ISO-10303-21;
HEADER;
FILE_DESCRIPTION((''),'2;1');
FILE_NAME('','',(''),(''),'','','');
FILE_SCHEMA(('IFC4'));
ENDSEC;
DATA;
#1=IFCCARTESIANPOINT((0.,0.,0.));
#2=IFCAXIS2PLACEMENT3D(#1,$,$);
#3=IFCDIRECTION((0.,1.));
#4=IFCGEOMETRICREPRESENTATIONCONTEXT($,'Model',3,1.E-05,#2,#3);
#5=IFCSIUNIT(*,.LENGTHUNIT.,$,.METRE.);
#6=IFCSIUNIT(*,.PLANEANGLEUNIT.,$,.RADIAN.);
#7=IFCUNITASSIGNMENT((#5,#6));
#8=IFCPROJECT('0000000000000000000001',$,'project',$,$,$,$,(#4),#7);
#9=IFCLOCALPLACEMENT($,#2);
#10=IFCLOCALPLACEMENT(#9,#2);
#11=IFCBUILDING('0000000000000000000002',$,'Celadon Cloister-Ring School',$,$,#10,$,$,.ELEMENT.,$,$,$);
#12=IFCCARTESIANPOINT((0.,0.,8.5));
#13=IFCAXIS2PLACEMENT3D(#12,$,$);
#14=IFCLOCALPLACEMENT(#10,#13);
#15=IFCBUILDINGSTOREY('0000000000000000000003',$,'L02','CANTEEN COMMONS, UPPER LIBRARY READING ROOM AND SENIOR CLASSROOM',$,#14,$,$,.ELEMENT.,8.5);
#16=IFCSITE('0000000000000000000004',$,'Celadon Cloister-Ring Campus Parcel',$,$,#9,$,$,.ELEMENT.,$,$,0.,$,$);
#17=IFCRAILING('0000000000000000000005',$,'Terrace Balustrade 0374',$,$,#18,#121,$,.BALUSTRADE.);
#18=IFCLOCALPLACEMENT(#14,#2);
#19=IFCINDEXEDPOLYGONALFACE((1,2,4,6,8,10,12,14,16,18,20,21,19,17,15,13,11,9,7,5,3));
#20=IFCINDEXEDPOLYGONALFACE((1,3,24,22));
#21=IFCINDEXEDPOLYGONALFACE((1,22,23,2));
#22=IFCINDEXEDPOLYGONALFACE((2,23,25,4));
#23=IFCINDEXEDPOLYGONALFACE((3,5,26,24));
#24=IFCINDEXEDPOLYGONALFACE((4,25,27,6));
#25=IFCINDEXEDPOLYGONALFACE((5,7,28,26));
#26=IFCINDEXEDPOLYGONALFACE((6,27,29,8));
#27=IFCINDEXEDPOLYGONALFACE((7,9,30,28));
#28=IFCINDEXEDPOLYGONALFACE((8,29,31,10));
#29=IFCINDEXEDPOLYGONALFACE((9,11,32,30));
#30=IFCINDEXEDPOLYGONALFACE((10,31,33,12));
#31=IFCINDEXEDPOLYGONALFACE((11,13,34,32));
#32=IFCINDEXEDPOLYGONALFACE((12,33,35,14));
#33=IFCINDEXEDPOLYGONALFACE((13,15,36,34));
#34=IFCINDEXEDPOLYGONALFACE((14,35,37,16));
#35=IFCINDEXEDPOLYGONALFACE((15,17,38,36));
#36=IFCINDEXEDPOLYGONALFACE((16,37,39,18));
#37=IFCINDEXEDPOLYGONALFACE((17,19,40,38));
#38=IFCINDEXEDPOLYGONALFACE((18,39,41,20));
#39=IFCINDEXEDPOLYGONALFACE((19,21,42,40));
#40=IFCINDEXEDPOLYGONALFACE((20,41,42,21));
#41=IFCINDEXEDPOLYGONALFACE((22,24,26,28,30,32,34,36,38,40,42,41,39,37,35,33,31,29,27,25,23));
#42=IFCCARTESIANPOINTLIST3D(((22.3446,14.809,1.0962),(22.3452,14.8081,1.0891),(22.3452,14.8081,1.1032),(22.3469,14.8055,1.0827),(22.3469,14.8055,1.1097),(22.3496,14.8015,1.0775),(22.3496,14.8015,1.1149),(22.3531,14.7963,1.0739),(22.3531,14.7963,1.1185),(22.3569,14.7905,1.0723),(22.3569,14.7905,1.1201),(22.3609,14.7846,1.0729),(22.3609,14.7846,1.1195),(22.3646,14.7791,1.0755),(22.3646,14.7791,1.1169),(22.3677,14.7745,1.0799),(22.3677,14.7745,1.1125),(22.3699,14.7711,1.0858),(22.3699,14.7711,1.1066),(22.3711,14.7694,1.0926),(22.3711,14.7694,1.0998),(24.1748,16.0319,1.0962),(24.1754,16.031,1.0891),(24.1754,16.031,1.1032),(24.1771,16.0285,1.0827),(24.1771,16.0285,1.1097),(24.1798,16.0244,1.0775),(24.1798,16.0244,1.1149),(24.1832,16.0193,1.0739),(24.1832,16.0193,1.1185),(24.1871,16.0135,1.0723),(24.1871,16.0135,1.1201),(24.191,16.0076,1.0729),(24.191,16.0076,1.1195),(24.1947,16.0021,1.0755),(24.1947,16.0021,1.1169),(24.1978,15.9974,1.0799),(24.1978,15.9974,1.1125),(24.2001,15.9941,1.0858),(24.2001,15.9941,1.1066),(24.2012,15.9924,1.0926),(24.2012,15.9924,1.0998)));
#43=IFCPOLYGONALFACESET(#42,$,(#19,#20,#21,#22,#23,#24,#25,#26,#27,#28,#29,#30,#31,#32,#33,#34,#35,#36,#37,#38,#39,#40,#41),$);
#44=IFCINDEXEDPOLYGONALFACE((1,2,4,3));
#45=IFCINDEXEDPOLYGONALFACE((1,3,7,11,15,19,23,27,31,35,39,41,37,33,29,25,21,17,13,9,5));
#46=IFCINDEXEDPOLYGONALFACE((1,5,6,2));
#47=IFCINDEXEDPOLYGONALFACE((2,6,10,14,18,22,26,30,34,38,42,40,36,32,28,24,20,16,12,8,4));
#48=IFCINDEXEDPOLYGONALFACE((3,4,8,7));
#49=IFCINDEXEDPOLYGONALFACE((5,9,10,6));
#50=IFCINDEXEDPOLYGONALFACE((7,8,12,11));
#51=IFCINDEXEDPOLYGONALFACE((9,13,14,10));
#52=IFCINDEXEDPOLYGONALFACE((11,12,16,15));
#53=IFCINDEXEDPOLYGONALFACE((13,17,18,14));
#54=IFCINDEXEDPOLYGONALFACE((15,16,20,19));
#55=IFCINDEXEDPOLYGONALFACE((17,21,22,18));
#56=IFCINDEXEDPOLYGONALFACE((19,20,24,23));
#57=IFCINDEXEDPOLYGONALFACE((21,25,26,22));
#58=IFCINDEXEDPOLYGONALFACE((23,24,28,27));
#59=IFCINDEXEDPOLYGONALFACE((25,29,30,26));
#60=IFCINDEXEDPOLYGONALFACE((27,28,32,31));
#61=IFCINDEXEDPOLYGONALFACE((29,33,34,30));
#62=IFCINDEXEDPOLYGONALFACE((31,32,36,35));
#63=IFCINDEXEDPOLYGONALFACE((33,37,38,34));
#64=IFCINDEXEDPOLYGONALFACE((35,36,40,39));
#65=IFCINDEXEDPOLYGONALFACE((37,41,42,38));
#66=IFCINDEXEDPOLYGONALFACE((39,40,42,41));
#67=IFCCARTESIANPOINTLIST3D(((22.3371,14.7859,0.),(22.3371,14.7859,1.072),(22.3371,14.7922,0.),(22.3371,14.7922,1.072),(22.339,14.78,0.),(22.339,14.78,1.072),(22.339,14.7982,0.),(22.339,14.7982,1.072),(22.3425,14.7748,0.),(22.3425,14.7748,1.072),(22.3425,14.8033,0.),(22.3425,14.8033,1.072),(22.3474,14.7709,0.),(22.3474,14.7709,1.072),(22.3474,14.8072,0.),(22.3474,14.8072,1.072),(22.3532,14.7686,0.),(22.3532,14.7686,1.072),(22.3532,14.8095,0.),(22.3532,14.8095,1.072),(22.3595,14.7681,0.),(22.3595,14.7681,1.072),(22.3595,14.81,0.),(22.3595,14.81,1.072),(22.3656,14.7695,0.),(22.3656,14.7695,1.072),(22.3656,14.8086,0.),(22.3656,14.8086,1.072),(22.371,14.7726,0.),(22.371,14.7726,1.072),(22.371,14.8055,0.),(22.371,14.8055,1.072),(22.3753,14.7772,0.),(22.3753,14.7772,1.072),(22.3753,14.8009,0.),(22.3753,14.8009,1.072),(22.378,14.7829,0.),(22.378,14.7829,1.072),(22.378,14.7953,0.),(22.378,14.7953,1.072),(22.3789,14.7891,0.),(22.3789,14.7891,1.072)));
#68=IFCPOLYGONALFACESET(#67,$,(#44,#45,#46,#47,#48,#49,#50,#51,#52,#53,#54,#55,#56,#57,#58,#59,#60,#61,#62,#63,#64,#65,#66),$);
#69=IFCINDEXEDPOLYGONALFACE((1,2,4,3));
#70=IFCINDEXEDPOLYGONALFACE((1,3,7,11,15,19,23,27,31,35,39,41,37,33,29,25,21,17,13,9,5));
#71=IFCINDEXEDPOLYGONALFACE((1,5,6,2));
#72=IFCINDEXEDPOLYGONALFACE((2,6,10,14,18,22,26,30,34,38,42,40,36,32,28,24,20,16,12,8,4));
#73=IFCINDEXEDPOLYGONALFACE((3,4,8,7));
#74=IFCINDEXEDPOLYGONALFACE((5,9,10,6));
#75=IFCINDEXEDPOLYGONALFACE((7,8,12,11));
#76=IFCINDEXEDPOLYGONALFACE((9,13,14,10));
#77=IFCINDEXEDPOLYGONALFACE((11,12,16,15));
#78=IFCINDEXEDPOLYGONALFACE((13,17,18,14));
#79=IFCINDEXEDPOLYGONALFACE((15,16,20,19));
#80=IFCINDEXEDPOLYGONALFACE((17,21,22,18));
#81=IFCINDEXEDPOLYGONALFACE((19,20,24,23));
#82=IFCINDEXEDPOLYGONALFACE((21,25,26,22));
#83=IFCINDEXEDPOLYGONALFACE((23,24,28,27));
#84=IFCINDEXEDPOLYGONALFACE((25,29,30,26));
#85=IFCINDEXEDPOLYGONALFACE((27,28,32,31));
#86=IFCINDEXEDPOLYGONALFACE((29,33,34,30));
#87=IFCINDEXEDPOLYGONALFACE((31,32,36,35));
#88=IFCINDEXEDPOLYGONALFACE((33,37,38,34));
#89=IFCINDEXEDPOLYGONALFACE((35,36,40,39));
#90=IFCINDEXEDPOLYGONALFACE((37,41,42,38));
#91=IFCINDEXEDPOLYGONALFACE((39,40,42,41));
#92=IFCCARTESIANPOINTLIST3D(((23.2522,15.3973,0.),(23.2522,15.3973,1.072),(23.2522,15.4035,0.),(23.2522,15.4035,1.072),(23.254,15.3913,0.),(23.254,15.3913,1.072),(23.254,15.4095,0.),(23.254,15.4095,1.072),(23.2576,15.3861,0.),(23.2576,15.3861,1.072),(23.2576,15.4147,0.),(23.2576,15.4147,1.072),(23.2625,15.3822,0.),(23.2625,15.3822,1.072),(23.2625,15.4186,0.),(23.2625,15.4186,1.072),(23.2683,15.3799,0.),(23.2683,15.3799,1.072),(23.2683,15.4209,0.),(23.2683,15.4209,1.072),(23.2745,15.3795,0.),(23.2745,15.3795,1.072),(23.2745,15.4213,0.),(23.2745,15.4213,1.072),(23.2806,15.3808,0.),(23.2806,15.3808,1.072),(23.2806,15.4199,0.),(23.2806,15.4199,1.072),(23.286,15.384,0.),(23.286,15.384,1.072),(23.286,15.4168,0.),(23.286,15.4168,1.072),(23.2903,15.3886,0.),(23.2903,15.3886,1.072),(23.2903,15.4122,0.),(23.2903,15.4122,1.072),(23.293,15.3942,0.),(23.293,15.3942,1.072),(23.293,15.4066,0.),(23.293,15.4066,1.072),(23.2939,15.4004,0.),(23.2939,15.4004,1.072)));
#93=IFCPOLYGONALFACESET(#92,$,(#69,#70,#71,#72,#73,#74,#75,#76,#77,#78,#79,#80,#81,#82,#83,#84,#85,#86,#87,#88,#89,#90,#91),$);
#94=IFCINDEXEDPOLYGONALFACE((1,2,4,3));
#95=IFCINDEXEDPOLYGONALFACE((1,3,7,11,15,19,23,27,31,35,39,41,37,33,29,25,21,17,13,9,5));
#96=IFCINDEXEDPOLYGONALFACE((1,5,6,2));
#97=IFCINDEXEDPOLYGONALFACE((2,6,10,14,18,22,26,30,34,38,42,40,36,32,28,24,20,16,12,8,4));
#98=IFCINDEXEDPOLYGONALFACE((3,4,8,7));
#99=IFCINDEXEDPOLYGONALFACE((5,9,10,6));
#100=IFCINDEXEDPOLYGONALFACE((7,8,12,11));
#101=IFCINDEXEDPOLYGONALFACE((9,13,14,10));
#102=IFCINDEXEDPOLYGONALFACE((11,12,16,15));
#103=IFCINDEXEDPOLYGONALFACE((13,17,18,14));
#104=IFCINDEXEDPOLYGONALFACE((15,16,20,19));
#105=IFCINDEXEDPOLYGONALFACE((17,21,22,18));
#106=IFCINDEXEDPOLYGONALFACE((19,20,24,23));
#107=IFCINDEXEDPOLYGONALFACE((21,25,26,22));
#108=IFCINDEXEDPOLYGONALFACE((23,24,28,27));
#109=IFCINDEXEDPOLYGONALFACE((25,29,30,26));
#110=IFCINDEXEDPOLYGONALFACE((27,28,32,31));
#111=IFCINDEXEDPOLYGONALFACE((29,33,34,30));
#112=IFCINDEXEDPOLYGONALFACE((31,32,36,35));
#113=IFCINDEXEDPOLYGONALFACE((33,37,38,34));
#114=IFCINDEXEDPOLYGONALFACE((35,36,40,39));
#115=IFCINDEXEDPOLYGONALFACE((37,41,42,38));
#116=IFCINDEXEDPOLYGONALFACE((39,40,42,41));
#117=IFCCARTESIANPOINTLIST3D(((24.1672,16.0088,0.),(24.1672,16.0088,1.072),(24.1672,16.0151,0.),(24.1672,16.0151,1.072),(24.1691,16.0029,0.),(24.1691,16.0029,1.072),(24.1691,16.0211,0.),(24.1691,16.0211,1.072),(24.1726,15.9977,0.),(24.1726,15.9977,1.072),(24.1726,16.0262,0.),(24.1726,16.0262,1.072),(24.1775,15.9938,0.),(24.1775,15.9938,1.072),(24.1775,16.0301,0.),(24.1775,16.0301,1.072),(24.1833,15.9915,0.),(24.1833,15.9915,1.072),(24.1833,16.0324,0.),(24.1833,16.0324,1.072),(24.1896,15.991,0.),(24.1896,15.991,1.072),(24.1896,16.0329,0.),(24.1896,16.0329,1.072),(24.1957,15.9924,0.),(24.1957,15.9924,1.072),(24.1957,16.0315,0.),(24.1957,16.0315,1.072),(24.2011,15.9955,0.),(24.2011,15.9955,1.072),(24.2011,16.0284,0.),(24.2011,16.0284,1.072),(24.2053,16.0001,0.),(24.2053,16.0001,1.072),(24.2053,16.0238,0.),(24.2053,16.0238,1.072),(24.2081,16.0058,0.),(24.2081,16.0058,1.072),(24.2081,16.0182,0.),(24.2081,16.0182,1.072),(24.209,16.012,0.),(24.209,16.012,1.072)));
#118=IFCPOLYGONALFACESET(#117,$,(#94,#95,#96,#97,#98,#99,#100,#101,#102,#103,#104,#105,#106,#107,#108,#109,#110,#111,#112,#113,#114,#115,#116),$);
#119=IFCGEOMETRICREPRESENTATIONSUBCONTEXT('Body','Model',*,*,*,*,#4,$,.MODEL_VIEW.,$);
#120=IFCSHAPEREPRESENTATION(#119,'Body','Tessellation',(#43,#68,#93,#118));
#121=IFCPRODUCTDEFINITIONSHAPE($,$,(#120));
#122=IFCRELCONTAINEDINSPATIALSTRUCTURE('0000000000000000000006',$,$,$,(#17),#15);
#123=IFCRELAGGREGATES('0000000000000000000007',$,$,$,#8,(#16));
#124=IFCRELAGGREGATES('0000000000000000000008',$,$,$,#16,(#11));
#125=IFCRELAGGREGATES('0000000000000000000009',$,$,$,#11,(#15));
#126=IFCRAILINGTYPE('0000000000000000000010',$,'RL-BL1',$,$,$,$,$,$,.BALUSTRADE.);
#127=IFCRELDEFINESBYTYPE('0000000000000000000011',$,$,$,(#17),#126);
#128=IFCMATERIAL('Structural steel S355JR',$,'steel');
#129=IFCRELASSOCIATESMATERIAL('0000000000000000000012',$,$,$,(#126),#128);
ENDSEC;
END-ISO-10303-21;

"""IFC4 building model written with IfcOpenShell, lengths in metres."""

from ifc_helpers import new_model, si_unit, direction, frame, origin, origin_2d, place, context, subcontext, project, spatial, circle, extrude, material, type_object, element, save


model = new_model("IFC4")

# Units and contexts
model_context = context("Model", 3, precision=1e-05, world=origin(), true_north=direction((0.0, 1.0)))
body_context = subcontext(model_context, "Body", "Model", "MODEL_VIEW")
ifc_project = project(units=[si_unit("LENGTHUNIT", "METRE"), si_unit("PLANEANGLEUNIT", "RADIAN")], contexts=[model_context])

# Site, building, storey
site_placement = place(None, origin())
site = spatial("IfcSite", under=ifc_project, at=site_placement, Name="Celadon Cloister-Ring Campus Parcel", CompositionType="ELEMENT", RefElevation=0.0)
building_placement = place(site_placement, origin())
building = spatial("IfcBuilding", under=site, at=building_placement, Name="Celadon Cloister-Ring School", CompositionType="ELEMENT")
storey_placement = place(building_placement, frame((0.0, 0.0, 8.5)))
storey = spatial("IfcBuildingStorey", under=building, at=storey_placement, Name="L02", Description="CANTEEN COMMONS, UPPER LIBRARY READING ROOM AND SENIOR CLASSROOM", CompositionType="ELEMENT", Elevation=8.5)

# Railing
ifc_material_1 = material(Name="Structural steel S355JR", Category="steel")
railing_type = type_object("IfcRailingType", Name="RL-BL1", PredefinedType="BALUSTRADE", material=ifc_material_1)
railing_placement = place(storey_placement, frame((22.3579, 14.7891, 0.0)))
element("IfcRailing", 1, at=railing_placement, inside=storey, type_object=railing_type, Name="Terrace Balustrade 0374", PredefinedType="BALUSTRADE", context=body_context, shape_type="SweptSolid", body=[
    extrude(circle(Radius=0.0239, at=origin_2d()), frame((0.0, 0.0, 1.0962), z_axis=(0.831453, 0.555596, 0.0), x_axis=(-0.555596, 0.831453, 0.0)), (0.0, 0.0, 1.0), 2.2012),
    extrude(circle(Radius=0.021, at=origin_2d()), origin(), (0.0, 0.0, 1.0), 1.072),
    extrude(circle(Radius=0.021, at=origin_2d()), frame((0.915, 0.6113, 0.0)), (0.0, 0.0, 1.0), 1.072),
    extrude(circle(Radius=0.021, at=origin_2d()), frame((1.8301, 1.2229, 0.0)), (0.0, 0.0, 1.0), 1.072),
])

save(model, "model.ifc")
